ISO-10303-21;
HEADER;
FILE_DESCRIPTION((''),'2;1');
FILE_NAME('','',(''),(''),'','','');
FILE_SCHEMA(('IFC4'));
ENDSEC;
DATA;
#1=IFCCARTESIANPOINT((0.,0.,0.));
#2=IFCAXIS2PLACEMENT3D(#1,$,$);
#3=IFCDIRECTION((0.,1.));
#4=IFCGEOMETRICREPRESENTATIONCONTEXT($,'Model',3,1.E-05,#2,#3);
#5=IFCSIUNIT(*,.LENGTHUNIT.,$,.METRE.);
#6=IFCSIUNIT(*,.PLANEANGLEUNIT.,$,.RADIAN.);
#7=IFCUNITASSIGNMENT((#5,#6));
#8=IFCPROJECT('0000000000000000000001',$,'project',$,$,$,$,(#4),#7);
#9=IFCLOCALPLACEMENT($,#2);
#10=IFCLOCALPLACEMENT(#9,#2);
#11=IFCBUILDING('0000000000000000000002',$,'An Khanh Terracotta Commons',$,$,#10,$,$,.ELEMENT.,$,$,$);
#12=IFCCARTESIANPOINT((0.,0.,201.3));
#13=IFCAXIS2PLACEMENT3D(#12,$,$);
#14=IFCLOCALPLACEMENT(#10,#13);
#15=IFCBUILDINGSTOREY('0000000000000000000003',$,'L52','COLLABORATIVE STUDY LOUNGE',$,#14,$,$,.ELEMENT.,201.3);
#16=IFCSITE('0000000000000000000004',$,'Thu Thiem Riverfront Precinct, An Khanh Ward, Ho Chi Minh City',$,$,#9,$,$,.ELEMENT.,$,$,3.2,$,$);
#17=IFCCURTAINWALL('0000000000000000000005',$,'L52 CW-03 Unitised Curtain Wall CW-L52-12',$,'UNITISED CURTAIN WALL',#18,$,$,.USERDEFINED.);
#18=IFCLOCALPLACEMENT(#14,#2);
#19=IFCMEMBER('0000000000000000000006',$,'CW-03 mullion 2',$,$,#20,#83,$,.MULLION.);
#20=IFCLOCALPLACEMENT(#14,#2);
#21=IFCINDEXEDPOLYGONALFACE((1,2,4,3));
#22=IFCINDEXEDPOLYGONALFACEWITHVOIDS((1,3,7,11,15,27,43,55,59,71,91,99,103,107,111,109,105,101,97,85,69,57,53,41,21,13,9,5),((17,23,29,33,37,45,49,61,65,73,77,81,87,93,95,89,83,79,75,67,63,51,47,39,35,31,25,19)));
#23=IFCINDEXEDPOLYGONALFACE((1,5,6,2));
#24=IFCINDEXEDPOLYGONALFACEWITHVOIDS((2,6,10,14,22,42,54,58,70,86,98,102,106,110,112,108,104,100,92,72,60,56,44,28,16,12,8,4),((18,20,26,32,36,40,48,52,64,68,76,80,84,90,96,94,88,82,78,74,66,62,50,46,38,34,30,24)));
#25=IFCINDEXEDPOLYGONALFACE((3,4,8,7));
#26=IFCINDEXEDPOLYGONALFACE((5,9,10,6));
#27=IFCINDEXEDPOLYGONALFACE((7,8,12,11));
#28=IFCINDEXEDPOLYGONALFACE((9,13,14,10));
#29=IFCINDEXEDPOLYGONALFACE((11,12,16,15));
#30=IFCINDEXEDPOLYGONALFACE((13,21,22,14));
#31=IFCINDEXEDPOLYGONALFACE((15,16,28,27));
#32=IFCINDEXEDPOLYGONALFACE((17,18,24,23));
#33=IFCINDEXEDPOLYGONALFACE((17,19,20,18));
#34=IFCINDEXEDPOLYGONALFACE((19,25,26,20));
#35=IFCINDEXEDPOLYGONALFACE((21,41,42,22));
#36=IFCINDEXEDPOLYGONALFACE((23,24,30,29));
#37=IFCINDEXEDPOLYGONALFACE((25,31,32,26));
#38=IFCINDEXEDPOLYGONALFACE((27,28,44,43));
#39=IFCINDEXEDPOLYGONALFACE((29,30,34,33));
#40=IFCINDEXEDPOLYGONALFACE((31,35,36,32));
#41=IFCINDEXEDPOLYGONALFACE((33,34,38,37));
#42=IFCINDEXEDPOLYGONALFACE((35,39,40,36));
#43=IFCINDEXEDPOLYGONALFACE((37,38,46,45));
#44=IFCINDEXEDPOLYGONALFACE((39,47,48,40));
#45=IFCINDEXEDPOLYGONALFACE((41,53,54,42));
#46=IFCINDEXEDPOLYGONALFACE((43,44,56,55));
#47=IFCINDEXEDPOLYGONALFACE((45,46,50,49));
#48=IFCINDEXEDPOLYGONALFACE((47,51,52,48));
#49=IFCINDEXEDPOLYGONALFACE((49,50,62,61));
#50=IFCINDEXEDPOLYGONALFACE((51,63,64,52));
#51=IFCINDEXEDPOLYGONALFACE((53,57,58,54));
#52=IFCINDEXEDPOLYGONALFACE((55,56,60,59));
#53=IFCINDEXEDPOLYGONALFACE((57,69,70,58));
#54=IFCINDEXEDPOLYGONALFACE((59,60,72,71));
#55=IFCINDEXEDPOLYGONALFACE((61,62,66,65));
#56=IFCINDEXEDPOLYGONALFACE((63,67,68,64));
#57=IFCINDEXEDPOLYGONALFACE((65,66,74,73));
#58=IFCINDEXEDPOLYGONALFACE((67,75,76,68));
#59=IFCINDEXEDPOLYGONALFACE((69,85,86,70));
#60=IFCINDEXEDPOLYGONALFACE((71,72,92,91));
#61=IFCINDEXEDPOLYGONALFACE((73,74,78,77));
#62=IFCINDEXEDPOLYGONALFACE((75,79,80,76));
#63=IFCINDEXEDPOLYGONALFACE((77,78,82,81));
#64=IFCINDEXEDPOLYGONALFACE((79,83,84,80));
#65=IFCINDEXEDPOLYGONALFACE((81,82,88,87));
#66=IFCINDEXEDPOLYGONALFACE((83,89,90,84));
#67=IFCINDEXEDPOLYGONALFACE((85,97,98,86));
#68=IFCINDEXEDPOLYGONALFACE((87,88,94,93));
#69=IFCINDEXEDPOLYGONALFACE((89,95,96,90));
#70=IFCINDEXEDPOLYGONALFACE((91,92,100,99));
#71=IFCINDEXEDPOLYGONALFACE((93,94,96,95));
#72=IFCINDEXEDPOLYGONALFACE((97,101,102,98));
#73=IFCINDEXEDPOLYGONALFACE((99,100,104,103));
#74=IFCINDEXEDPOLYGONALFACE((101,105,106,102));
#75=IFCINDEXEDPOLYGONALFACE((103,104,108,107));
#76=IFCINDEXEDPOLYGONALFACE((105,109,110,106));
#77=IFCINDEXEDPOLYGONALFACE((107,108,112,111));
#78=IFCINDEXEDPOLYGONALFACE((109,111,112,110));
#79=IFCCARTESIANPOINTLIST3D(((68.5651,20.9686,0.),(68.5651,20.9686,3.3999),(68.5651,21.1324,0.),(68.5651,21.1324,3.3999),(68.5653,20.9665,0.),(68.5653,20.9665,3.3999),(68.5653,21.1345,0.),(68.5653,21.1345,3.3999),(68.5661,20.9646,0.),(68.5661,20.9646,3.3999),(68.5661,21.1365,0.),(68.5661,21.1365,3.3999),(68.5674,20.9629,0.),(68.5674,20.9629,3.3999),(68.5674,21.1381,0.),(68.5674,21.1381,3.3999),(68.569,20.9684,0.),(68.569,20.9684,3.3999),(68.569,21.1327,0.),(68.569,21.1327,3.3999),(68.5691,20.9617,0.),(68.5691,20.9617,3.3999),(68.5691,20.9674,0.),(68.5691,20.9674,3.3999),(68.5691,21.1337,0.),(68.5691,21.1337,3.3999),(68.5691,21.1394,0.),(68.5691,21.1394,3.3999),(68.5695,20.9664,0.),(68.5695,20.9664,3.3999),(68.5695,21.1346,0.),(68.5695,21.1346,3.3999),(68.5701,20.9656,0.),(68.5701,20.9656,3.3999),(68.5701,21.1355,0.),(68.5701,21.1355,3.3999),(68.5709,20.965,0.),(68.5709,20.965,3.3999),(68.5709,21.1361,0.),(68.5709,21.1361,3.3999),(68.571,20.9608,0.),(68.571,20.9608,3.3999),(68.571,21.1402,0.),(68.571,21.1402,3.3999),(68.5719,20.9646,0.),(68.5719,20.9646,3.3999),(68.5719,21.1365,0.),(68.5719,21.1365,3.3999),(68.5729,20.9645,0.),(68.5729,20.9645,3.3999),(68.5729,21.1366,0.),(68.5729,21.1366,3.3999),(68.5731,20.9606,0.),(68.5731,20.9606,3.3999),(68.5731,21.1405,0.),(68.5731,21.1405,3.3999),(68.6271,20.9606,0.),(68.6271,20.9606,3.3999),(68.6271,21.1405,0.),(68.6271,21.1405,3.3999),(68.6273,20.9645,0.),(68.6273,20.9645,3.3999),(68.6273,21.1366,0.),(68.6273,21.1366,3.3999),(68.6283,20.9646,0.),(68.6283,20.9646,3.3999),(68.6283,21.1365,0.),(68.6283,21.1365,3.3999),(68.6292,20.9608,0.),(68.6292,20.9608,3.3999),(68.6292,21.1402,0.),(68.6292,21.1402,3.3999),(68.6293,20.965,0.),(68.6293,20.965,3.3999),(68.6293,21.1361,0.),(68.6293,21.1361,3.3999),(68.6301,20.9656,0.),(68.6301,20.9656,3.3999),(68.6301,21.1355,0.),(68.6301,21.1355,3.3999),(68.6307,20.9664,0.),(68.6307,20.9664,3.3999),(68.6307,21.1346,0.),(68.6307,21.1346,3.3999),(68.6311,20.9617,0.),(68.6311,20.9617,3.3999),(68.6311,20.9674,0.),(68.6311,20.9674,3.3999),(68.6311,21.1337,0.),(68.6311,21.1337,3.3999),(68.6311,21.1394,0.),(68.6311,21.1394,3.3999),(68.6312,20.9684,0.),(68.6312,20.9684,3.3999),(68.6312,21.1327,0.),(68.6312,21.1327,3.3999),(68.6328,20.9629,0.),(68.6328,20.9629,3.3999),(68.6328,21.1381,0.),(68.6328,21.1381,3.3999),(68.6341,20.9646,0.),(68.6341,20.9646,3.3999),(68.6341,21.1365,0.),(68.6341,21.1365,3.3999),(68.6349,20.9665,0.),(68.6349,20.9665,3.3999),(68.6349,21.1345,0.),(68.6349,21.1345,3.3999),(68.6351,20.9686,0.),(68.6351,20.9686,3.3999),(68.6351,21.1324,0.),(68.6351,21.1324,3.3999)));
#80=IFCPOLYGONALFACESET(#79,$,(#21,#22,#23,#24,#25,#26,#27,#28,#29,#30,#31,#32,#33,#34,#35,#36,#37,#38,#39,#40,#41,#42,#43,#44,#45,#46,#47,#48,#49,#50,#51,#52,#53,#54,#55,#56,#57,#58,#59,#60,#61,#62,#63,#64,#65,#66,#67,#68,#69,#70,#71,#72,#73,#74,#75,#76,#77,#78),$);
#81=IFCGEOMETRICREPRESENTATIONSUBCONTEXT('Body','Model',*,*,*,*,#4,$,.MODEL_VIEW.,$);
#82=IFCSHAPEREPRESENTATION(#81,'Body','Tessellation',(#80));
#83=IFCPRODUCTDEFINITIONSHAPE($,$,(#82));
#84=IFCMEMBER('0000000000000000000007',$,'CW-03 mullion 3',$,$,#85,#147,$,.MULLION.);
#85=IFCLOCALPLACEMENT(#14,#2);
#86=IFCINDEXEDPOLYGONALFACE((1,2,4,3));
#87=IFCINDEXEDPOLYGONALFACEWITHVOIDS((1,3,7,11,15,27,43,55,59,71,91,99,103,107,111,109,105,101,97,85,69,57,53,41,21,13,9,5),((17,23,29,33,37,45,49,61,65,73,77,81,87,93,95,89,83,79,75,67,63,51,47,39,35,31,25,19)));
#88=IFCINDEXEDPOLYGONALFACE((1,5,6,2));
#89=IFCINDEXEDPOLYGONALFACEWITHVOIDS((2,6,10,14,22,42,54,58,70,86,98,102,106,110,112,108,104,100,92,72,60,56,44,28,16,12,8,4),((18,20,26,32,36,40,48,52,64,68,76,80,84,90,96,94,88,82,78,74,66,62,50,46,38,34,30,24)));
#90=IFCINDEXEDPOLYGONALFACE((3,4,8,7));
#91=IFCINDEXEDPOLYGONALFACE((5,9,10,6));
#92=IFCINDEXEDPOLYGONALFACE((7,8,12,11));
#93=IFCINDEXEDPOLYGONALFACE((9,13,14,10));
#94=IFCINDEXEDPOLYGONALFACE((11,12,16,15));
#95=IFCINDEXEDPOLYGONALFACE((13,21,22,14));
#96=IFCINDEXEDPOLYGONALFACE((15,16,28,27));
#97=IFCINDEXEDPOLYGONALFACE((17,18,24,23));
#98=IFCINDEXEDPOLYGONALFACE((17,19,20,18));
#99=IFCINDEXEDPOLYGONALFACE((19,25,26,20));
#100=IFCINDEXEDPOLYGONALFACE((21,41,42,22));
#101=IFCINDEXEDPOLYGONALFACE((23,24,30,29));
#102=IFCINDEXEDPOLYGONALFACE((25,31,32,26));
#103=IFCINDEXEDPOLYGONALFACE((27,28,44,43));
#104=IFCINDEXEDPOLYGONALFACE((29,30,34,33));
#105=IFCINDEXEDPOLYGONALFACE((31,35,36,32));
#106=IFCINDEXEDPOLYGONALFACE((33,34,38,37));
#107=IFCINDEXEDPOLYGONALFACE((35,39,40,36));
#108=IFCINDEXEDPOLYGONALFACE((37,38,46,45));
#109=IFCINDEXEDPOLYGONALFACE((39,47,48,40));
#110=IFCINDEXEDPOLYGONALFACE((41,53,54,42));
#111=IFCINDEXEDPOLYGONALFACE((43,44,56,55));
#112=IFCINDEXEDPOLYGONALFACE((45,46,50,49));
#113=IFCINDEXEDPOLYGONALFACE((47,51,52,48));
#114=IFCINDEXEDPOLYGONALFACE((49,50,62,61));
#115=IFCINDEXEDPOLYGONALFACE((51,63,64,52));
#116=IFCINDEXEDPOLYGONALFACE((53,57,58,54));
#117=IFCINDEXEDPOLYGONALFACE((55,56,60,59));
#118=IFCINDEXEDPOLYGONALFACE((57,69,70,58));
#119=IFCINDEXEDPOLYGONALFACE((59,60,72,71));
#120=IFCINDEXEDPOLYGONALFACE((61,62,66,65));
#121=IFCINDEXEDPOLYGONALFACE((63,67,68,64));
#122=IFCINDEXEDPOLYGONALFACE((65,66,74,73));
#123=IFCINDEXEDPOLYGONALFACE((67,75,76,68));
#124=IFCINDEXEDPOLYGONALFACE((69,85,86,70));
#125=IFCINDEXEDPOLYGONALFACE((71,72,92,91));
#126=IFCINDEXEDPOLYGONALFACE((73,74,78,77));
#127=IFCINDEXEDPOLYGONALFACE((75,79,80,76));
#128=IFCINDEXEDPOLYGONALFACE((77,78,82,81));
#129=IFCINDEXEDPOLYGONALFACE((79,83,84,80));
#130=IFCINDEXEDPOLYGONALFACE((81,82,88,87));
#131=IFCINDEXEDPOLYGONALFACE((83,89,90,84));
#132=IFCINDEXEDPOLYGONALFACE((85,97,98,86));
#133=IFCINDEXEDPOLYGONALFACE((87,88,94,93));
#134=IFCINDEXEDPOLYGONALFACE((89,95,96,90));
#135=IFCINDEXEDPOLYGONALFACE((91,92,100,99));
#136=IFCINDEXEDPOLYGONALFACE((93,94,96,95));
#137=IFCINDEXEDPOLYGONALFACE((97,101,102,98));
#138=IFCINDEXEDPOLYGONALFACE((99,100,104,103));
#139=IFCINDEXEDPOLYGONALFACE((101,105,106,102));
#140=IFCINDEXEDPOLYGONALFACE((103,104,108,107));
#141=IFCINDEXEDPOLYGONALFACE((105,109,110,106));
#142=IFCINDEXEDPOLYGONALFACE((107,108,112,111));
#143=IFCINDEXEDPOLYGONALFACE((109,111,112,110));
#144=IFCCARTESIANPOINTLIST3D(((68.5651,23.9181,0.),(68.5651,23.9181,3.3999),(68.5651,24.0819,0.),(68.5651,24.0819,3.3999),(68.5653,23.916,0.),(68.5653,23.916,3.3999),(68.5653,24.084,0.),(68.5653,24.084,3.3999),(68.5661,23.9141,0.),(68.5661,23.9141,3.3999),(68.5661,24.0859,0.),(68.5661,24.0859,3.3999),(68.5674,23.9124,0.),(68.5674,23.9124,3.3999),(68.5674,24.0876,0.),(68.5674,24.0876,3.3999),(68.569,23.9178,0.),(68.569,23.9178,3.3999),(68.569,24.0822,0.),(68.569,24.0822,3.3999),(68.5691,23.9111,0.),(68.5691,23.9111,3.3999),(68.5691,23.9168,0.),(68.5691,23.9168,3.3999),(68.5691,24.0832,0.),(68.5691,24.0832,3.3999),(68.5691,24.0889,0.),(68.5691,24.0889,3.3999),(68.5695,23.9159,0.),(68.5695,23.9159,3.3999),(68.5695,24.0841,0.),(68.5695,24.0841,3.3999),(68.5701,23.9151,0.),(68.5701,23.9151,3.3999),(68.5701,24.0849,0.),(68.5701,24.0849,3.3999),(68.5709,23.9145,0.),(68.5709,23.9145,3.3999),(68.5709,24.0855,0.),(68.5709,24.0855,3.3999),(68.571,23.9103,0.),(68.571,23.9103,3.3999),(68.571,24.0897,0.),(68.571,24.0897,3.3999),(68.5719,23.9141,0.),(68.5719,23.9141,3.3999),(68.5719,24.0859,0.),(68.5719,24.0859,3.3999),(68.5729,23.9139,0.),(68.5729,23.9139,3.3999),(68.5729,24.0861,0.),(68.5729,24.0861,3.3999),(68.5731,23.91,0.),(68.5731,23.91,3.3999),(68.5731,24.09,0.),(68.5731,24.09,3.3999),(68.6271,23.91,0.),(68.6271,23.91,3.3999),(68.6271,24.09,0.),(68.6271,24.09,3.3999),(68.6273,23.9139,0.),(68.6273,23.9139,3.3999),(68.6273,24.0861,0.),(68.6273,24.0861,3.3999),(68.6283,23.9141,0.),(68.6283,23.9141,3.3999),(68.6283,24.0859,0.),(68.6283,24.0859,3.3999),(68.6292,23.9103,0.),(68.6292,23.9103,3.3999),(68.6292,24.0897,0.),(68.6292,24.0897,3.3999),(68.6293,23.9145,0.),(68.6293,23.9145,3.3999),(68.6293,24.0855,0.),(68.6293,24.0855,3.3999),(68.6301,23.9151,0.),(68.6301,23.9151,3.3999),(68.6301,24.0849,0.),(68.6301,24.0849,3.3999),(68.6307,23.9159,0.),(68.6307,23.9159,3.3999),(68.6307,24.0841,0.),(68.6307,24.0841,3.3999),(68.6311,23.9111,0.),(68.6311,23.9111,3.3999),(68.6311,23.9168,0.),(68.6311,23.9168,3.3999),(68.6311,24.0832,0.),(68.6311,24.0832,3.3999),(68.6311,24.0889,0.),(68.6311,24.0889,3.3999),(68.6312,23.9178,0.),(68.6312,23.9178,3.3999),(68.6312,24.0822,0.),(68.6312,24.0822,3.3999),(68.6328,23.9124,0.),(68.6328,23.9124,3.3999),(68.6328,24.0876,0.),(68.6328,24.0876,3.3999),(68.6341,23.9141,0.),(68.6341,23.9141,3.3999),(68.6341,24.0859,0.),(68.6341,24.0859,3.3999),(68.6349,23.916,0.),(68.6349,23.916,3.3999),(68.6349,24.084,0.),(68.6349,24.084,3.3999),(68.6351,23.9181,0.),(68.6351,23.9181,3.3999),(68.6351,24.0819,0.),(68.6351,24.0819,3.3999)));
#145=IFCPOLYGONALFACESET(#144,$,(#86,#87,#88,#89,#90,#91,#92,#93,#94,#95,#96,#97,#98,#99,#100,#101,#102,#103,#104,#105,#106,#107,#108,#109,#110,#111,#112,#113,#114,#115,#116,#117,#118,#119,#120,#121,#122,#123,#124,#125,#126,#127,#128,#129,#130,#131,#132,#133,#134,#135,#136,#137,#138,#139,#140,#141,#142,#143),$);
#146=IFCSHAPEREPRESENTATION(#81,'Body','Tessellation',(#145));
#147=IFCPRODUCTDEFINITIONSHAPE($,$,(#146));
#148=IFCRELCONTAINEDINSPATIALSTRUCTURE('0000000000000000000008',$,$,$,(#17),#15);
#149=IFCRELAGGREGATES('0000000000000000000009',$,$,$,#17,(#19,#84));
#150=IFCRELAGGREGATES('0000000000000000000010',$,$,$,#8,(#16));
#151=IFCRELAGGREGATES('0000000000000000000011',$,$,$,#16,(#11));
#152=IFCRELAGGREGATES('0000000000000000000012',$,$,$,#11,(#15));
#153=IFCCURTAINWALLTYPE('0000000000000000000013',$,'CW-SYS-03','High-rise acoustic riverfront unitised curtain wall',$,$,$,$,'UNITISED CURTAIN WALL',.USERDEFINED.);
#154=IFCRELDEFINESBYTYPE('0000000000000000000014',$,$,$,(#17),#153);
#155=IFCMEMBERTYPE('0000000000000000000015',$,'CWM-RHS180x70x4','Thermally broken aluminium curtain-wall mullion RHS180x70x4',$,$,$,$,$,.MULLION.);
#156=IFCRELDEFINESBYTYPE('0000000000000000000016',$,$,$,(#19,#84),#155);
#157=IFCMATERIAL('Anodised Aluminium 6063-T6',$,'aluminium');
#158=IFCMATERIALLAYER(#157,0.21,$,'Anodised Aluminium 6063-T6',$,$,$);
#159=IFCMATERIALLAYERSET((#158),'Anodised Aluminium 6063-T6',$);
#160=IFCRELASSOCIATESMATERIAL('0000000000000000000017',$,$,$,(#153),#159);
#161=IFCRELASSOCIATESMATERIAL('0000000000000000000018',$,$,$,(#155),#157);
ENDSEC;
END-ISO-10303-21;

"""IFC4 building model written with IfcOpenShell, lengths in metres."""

from ifc_helpers import new_model, si_unit, direction, frame, origin, origin_2d, place, context, subcontext, project, spatial, hollow_rectangle, extrude, material, layer, layer_set, material_profile, profile_set, type_object, element, aggregate, save


model = new_model("IFC4")

# Units and contexts
model_context = context("Model", 3, precision=1e-05, world=origin(), true_north=direction((0.0, 1.0)))
body_context = subcontext(model_context, "Body", "Model", "MODEL_VIEW")
ifc_project = project(units=[si_unit("LENGTHUNIT", "METRE"), si_unit("PLANEANGLEUNIT", "RADIAN")], contexts=[model_context])

# Site, building, storey
site_placement = place(None, origin())
site = spatial("IfcSite", under=ifc_project, at=site_placement, Name="Thu Thiem Riverfront Precinct, An Khanh Ward, Ho Chi Minh City", CompositionType="ELEMENT", RefElevation=3.2)
building_placement = place(site_placement, origin())
building = spatial("IfcBuilding", under=site, at=building_placement, Name="An Khanh Terracotta Commons", CompositionType="ELEMENT")
storey_placement = place(building_placement, frame((0.0, 0.0, 201.3)))
storey = spatial("IfcBuildingStorey", under=building, at=storey_placement, Name="L52", Description="COLLABORATIVE STUDY LOUNGE", CompositionType="ELEMENT", Elevation=201.3)

# Curtain wall, members
ifc_material_1 = material(Name="Anodised Aluminium 6063-T6", Category="aluminium")
ifc_layer_1 = layer(ifc_material_1, 0.21, Name="Anodised Aluminium 6063-T6")
ifc_layer_set_1 = layer_set([ifc_layer_1], Name="Anodised Aluminium 6063-T6")
curtain_wall_type = type_object("IfcCurtainWallType", Name="CW-SYS-03", Description="High-rise acoustic riverfront unitised curtain wall", ElementType="UNITISED CURTAIN WALL", PredefinedType="USERDEFINED", material=ifc_layer_set_1)
ifc_material_profile_1 = material_profile(ifc_material_1, hollow_rectangle(XDim=0.0701, YDim=0.1799, WallThickness=0.0039, InnerFilletRadius=0.0039, OuterFilletRadius=0.0081, at=origin_2d()), Name="RHS180x70x4")
ifc_profile_set_1 = profile_set([ifc_material_profile_1], Name="Anodised Aluminium 6063-T6")
member_type_1 = type_object("IfcMemberType", Name="CWM-RHS180x70x4", Description="Thermally broken aluminium curtain-wall mullion RHS180x70x4", PredefinedType="MULLION", material=ifc_profile_set_1)
curtain_wall_1_placement = place(storey_placement, origin())
curtain_wall_1 = element("IfcCurtainWall", 1, at=curtain_wall_1_placement, inside=storey, type_object=curtain_wall_type, Name="L52 CW-03 Unitised Curtain Wall CW-L52-12", ObjectType="UNITISED CURTAIN WALL", PredefinedType="USERDEFINED")
member_1_placement = place(storey_placement, frame((68.6001, 21.0505, 0.0), z_axis=(0.0, 0.0, 1.0), x_axis=(-1.0, 0.0, 0.0)))
member_1 = element("IfcMember", 2, at=member_1_placement, type_object=member_type_1, Name="CW-03 mullion 2", PredefinedType="MULLION", context=body_context, shape_type="SweptSolid", body=[
    extrude(hollow_rectangle(XDim=0.0701, YDim=0.1799, WallThickness=0.0039, InnerFilletRadius=0.0039, OuterFilletRadius=0.0081, at=origin_2d()), origin(), (0.0, 0.0, 1.0), 3.3999),
])
member_2_placement = place(storey_placement, frame((68.6001, 24.0, 0.0), z_axis=(0.0, 0.0, 1.0), x_axis=(-1.0, 0.0, 0.0)))
member_2 = element("IfcMember", 3, at=member_2_placement, type_object=member_type_1, Name="CW-03 mullion 3", PredefinedType="MULLION", context=body_context, shape_type="SweptSolid", body=[
    extrude(hollow_rectangle(XDim=0.0701, YDim=0.1799, WallThickness=0.0039, InnerFilletRadius=0.0039, OuterFilletRadius=0.0081, at=origin_2d()), origin(), (0.0, 0.0, 1.0), 3.3999),
])

aggregate(curtain_wall_1, [member_1, member_2])

save(model, "model.ifc")
